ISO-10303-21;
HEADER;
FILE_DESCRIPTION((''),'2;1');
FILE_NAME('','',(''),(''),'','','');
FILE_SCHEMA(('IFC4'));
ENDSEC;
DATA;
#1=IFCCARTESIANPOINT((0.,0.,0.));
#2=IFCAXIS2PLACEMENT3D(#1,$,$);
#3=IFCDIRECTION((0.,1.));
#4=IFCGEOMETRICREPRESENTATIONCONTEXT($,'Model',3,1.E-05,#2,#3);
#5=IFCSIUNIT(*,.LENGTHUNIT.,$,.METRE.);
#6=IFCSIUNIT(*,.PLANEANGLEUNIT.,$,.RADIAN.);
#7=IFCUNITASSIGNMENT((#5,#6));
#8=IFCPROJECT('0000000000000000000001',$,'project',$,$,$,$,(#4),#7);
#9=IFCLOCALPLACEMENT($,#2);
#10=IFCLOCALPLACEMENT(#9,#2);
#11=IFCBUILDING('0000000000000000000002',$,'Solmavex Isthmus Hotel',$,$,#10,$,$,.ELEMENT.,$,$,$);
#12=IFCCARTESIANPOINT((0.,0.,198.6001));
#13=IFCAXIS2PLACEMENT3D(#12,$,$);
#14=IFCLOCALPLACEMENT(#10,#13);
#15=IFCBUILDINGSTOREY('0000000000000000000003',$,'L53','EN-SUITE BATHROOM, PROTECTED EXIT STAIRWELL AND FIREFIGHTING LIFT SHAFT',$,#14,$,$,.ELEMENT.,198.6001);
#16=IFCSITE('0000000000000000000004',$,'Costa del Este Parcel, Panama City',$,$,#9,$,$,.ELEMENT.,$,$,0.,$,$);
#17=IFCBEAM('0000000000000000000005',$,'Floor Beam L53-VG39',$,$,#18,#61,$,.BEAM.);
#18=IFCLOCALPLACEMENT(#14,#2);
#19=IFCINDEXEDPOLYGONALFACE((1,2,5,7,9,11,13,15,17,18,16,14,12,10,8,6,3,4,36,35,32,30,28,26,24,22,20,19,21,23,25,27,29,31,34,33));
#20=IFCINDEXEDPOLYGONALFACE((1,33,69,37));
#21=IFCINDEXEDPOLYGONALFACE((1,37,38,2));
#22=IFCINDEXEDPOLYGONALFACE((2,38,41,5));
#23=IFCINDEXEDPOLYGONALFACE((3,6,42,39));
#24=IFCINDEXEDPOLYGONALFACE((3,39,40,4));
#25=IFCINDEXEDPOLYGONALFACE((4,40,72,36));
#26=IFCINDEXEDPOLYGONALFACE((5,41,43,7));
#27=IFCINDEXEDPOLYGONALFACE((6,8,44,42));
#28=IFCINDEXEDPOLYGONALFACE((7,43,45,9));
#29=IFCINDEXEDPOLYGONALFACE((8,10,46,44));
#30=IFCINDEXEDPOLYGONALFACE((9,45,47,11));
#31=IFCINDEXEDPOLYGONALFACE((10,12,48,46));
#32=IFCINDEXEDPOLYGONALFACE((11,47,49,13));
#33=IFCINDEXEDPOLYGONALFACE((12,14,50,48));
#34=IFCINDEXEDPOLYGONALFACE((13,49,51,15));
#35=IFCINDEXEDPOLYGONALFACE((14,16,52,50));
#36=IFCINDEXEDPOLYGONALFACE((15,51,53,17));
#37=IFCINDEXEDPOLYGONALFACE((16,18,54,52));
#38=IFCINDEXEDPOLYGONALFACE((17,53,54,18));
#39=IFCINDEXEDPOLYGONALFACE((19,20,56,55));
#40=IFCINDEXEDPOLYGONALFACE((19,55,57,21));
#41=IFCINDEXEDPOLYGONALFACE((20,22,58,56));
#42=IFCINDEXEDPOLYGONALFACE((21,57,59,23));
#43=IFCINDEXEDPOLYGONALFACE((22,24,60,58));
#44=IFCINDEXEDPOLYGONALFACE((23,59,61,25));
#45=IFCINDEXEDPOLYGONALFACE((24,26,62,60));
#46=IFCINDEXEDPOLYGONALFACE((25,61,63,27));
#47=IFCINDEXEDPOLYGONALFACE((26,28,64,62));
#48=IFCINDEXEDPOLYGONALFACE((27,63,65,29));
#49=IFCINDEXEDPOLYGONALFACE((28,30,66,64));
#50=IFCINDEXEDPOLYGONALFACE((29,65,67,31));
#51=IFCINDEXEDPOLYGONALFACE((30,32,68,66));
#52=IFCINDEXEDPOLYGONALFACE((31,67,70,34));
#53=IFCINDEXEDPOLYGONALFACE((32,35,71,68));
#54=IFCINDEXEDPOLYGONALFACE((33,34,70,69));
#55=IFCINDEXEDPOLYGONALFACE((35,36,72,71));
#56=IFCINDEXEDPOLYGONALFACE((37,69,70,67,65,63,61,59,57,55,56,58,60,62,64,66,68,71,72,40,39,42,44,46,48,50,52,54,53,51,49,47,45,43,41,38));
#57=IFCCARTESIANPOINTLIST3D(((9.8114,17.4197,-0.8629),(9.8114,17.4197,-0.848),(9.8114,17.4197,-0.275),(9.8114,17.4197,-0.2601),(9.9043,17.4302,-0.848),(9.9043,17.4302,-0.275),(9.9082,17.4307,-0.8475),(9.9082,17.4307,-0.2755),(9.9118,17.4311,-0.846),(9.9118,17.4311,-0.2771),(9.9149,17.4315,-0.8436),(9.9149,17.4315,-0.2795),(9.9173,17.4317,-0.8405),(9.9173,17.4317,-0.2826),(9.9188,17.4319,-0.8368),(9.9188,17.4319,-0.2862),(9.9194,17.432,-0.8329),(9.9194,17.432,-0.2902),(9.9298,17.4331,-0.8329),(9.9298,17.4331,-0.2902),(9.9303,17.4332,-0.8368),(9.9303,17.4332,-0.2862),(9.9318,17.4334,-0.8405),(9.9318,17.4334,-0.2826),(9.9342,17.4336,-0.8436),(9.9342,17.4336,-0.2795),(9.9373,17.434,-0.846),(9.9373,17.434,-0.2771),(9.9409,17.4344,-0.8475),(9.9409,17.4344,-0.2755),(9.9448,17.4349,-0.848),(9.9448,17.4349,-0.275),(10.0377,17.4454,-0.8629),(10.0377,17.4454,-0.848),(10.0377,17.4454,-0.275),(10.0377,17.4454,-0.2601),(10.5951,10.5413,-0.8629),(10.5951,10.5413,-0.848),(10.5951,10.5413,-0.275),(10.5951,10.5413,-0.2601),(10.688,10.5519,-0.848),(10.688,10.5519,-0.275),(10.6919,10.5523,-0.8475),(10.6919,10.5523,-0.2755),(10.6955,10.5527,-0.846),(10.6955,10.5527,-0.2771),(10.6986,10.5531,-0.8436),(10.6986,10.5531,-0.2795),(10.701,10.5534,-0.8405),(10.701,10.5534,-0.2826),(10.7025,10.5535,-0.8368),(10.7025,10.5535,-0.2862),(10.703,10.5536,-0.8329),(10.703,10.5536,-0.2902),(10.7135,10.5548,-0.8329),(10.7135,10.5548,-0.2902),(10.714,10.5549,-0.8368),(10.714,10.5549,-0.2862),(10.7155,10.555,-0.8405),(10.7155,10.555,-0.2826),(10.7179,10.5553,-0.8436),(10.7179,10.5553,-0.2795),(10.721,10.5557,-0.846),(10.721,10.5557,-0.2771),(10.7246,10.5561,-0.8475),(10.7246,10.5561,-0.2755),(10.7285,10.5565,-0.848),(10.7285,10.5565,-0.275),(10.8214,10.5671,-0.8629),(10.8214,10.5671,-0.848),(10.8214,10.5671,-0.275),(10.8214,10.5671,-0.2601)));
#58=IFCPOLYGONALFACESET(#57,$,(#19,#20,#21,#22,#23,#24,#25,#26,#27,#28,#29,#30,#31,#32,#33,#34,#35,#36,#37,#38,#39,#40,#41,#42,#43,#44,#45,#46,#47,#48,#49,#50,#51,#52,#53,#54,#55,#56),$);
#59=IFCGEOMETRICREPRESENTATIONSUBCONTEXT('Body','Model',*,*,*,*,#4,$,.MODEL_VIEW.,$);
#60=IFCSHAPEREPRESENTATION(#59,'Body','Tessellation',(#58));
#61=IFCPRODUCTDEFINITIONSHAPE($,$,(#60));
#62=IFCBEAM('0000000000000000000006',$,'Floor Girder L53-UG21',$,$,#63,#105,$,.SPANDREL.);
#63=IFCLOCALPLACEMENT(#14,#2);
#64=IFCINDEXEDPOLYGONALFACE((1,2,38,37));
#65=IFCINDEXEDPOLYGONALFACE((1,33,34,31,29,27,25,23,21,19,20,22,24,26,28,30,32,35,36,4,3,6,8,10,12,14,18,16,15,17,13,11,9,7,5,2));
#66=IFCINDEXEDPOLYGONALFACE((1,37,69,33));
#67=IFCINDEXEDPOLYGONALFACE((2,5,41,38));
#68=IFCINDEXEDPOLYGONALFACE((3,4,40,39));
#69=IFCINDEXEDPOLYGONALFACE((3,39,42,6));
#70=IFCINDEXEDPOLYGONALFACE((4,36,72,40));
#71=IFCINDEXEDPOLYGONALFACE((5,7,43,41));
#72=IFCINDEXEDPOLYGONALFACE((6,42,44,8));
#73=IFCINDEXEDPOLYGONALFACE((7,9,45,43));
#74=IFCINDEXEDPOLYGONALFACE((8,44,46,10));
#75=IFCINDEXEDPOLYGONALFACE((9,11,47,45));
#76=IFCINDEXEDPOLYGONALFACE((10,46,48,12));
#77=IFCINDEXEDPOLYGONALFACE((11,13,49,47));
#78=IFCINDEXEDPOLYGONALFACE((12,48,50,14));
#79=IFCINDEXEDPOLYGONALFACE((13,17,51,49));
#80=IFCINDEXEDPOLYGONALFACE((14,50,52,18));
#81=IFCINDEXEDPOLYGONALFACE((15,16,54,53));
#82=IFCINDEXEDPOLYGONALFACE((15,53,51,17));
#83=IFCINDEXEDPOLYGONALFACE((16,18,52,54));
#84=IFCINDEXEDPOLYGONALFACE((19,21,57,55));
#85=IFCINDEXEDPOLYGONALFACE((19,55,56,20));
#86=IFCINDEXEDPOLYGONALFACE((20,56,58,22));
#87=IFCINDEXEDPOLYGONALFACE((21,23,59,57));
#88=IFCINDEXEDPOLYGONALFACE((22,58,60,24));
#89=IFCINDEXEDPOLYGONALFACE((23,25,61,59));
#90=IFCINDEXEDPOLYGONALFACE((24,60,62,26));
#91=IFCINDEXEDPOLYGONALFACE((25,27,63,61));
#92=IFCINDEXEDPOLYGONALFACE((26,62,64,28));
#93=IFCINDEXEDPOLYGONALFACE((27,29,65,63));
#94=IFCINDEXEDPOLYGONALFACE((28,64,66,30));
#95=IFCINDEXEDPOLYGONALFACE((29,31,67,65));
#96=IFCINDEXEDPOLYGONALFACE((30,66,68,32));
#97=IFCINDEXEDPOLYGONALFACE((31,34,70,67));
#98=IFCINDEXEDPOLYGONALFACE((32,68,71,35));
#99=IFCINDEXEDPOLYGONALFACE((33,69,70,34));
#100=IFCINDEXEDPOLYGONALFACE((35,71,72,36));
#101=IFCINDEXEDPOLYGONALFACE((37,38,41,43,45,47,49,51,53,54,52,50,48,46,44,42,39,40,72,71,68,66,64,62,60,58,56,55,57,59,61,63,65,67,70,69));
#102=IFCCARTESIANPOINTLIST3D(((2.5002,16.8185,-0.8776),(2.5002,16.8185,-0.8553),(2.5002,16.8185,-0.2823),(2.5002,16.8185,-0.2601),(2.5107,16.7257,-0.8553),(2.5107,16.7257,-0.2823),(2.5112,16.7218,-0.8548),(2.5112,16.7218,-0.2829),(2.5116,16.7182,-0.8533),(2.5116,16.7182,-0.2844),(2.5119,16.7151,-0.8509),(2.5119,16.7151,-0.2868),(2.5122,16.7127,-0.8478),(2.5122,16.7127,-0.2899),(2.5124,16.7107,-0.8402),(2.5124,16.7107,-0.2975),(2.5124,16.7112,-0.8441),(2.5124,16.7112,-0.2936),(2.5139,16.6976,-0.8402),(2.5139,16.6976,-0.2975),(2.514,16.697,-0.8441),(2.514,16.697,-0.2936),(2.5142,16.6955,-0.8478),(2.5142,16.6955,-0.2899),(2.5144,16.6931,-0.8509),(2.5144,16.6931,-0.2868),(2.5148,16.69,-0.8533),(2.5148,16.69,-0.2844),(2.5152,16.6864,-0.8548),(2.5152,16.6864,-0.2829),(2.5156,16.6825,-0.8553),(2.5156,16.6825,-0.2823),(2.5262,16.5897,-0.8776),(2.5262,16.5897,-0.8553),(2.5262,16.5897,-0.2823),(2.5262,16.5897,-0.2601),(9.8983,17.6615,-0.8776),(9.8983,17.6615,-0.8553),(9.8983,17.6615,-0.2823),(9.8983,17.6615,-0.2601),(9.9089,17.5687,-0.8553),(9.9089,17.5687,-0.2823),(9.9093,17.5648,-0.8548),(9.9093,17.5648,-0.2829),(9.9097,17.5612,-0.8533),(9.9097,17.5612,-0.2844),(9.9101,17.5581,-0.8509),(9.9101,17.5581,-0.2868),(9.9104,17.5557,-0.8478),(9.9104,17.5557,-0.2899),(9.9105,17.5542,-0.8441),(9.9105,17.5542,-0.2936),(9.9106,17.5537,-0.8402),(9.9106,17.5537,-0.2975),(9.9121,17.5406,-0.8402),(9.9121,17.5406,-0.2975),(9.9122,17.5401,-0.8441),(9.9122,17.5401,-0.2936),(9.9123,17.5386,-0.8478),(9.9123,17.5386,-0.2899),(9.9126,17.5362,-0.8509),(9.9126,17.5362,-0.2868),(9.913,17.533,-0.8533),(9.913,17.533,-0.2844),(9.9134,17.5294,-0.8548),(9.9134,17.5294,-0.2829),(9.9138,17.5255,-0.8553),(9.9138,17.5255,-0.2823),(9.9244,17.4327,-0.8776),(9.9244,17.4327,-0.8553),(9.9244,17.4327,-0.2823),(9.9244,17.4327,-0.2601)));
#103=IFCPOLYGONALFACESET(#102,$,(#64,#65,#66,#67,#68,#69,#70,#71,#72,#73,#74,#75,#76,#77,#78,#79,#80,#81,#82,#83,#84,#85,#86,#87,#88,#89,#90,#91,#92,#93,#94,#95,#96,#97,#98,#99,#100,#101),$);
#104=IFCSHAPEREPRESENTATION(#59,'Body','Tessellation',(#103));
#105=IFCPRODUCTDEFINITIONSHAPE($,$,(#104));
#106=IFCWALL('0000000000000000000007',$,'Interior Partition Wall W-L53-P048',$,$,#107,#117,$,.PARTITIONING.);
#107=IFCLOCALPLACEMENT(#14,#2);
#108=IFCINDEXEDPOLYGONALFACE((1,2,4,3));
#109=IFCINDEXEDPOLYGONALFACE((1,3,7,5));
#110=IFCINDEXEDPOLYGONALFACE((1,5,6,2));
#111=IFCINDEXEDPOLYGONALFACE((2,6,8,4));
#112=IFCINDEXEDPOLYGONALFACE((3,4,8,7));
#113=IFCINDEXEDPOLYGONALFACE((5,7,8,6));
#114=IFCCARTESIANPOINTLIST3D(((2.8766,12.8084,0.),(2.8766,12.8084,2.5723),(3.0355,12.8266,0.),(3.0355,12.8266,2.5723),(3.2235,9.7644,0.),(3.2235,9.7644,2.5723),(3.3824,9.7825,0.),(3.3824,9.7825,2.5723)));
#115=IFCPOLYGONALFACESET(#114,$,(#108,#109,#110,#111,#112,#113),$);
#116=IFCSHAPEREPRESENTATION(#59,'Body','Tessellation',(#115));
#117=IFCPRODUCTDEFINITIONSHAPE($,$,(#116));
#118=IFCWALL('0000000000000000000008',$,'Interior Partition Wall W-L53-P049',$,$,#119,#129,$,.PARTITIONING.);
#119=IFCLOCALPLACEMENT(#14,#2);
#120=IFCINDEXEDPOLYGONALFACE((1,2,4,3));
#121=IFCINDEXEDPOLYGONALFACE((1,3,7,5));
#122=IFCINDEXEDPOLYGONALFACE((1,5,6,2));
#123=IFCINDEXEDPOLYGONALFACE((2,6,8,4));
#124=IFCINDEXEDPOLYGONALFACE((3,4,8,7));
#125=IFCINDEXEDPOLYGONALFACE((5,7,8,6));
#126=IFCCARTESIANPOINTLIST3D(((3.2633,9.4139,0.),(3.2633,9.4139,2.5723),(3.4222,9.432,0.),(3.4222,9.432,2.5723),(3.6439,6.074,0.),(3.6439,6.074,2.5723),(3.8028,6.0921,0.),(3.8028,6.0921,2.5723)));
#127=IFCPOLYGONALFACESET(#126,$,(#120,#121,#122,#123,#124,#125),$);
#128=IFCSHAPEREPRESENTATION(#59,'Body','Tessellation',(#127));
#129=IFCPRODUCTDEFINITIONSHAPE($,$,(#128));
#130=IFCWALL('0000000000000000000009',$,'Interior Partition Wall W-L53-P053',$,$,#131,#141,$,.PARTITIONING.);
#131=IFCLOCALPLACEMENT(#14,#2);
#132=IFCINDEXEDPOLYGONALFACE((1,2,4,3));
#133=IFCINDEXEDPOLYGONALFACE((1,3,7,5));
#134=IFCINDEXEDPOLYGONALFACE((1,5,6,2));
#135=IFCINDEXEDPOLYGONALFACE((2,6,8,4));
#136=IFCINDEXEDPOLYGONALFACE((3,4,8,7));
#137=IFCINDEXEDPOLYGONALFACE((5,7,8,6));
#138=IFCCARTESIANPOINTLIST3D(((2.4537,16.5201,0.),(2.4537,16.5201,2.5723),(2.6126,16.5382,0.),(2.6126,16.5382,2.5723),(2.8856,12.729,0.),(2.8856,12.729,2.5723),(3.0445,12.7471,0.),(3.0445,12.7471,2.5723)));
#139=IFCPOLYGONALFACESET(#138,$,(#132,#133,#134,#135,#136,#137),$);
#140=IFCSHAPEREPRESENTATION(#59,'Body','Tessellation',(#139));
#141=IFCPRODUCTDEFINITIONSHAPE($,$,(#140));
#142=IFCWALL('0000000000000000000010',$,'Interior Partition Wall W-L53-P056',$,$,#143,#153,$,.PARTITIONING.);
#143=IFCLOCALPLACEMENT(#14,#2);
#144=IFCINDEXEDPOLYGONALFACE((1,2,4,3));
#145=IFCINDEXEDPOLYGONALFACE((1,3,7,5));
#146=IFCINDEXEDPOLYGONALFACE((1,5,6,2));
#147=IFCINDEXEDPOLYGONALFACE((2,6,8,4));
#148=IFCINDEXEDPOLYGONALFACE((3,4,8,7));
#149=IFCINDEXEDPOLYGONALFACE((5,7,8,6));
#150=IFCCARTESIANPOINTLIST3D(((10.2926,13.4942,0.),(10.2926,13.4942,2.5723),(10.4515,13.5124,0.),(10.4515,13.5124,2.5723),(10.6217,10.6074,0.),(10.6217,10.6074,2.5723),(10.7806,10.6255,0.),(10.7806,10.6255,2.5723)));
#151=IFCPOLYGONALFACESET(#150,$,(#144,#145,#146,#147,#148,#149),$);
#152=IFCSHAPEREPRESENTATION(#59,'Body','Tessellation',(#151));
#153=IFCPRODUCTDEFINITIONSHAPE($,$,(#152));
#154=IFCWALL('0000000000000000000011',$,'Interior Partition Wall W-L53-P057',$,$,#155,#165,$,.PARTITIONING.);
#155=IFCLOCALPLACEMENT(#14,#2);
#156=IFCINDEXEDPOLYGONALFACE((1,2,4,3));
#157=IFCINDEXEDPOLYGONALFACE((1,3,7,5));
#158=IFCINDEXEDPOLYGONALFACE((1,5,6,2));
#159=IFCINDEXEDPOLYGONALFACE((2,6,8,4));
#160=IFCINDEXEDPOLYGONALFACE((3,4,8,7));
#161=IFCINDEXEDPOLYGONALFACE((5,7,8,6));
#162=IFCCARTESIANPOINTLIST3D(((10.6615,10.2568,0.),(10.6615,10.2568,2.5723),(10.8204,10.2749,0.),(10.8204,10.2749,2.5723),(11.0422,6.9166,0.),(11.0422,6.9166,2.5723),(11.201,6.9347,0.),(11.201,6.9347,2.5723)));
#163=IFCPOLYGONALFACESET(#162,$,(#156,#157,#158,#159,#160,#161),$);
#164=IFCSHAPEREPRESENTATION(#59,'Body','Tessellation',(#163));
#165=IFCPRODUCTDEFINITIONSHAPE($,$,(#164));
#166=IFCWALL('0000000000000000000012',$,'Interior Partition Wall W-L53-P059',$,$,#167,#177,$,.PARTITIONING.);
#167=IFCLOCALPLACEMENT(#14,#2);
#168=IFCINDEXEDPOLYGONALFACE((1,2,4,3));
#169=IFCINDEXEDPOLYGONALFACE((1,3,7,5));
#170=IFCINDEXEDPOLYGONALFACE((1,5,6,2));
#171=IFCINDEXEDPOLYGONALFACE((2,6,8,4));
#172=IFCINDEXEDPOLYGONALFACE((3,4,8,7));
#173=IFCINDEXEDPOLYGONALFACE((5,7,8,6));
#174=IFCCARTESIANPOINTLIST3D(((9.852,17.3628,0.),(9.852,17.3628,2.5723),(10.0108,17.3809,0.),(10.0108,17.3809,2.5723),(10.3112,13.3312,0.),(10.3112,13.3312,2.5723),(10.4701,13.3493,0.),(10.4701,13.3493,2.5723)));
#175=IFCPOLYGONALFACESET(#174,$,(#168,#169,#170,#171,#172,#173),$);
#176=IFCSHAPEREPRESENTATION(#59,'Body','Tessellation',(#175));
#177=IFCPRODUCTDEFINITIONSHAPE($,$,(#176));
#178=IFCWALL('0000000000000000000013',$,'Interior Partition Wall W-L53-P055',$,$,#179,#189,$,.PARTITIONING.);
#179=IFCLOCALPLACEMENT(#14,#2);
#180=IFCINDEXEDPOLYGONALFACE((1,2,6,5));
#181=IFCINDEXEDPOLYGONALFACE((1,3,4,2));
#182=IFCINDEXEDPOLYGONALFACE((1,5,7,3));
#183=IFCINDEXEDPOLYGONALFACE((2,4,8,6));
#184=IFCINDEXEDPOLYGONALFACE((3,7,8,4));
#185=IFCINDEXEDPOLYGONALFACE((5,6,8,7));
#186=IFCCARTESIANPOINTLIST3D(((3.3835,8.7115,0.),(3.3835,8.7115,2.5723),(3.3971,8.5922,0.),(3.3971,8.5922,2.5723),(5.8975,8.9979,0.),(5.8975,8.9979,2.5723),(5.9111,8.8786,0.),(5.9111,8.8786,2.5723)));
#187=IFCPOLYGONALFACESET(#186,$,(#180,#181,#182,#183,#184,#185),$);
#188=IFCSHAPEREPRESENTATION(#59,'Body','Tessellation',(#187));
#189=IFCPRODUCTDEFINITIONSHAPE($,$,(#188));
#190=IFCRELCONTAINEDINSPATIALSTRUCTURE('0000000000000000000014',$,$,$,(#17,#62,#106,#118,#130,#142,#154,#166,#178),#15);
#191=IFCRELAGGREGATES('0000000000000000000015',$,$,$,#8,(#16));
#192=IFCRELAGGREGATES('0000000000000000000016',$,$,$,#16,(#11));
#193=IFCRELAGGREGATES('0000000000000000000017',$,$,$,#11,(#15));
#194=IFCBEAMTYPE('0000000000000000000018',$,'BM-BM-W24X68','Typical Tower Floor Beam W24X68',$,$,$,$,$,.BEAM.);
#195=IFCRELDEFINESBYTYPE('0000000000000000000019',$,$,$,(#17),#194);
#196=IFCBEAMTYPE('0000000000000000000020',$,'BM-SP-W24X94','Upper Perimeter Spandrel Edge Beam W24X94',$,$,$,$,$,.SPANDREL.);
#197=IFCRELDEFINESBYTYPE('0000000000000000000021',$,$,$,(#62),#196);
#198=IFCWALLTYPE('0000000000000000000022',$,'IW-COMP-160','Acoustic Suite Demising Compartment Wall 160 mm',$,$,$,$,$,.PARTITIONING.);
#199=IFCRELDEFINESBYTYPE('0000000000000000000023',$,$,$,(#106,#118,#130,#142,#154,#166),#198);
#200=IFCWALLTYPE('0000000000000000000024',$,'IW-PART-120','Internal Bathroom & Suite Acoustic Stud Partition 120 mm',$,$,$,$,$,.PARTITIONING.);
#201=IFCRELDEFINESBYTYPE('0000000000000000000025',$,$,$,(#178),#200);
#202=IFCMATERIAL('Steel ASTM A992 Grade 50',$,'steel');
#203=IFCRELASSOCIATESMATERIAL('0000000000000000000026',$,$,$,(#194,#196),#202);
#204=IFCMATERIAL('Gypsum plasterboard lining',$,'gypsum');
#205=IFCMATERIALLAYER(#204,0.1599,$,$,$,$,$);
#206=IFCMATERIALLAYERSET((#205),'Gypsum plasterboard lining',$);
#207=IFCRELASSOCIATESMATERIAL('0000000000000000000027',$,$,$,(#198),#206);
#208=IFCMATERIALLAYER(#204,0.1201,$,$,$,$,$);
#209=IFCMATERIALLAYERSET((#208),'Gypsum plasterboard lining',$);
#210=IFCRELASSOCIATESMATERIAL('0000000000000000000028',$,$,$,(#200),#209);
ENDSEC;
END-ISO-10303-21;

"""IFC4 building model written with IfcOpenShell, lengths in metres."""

from ifc_helpers import new_model, si_unit, direction, frame, frame_2d, origin, origin_2d, place, context, subcontext, project, spatial, rectangle, i_section, extrude, material, layer, layer_set, material_profile, profile_set, type_object, element, save


model = new_model("IFC4")

# Units and contexts
model_context = context("Model", 3, precision=1e-05, world=origin(), true_north=direction((0.0, 1.0)))
body_context = subcontext(model_context, "Body", "Model", "MODEL_VIEW")
ifc_project = project(units=[si_unit("LENGTHUNIT", "METRE"), si_unit("PLANEANGLEUNIT", "RADIAN")], contexts=[model_context])

# Site, building, storey
site_placement = place(None, origin())
site = spatial("IfcSite", under=ifc_project, at=site_placement, Name="Costa del Este Parcel, Panama City", CompositionType="ELEMENT", RefElevation=0.0)
building_placement = place(site_placement, origin())
building = spatial("IfcBuilding", under=site, at=building_placement, Name="Solmavex Isthmus Hotel", CompositionType="ELEMENT")
storey_placement = place(building_placement, frame((0.0, 0.0, 198.6001)))
storey = spatial("IfcBuildingStorey", under=building, at=storey_placement, Name="L53", Description="EN-SUITE BATHROOM, PROTECTED EXIT STAIRWELL AND FIREFIGHTING LIFT SHAFT", CompositionType="ELEMENT", Elevation=198.6001)

# Beams
ifc_material_1 = material(Name="Steel ASTM A992 Grade 50", Category="steel")
ifc_material_profile_1 = material_profile(ifc_material_1, i_section(OverallWidth=0.2278, OverallDepth=0.6028, WebThickness=0.0105, FlangeThickness=0.0149, FilletRadius=0.0151, at=origin_2d()), Name="W24X68")
ifc_profile_set_1 = profile_set([ifc_material_profile_1], Name="Steel ASTM A992 Grade 50")
beam_type_1 = type_object("IfcBeamType", Name="BM-BM-W24X68", Description="Typical Tower Floor Beam W24X68", PredefinedType="BEAM", material=ifc_profile_set_1)
for number, where, z_axis, x_axis, name in (
    (1, (10.7083, 10.5542, -0.5615), (-0.113202, 0.993572, 0.0), (-0.993572, -0.113202, 0.0), "Floor Beam L53-VG39"),
):
    element("IfcBeam", number, at=place(storey_placement, frame(where, z_axis=z_axis, x_axis=x_axis)), inside=storey, type_object=beam_type_1, Name=name, PredefinedType="BEAM", context=body_context, shape_type="SweptSolid", body=[
        extrude(i_section(OverallWidth=0.2278, OverallDepth=0.6028, WebThickness=0.0105, FlangeThickness=0.0149, FilletRadius=0.0151, at=origin_2d()), origin(), (0.0, 0.0, 1.0), 6.9229),
    ])
ifc_material_profile_2 = material_profile(ifc_material_1, i_section(OverallWidth=0.2302, OverallDepth=0.6174, WebThickness=0.0132, FlangeThickness=0.0222, FilletRadius=0.0151, at=origin_2d()), Name="W24X94")
ifc_profile_set_2 = profile_set([ifc_material_profile_2], Name="Steel ASTM A992 Grade 50")
beam_type_2 = type_object("IfcBeamType", Name="BM-SP-W24X94", Description="Upper Perimeter Spandrel Edge Beam W24X94", PredefinedType="SPANDREL", material=ifc_profile_set_2)
beam_1_placement = place(storey_placement, frame((2.5132, 16.7041, -0.5688), z_axis=(0.99357, 0.113216, 0.0), x_axis=(-0.113216, 0.99357, 0.0)))
element("IfcBeam", 2, at=beam_1_placement, inside=storey, type_object=beam_type_2, Name="Floor Girder L53-UG21", PredefinedType="SPANDREL", context=body_context, shape_type="SweptSolid", body=[
    extrude(i_section(OverallWidth=0.2302, OverallDepth=0.6174, WebThickness=0.0132, FlangeThickness=0.0222, FilletRadius=0.0151, at=origin_2d()), origin(), (0.0, 0.0, 1.0), 7.446),
])

# Walls
ifc_material_2 = material(Name="Gypsum plasterboard lining", Category="gypsum")
ifc_layer_1 = layer(ifc_material_2, 0.1599)
ifc_layer_set_1 = layer_set([ifc_layer_1], Name="Gypsum plasterboard lining")
wall_type_1 = type_object("IfcWallType", Name="IW-COMP-160", Description="Acoustic Suite Demising Compartment Wall 160 mm", PredefinedType="PARTITIONING", material=ifc_layer_set_1)
wall_1_placement = place(storey_placement, frame((2.9561, 12.8174, 0.0), z_axis=(0.0, 0.0, 1.0), x_axis=(0.113239, -0.993568, 0.0)))
element("IfcWall", 3, at=wall_1_placement, inside=storey, type_object=wall_type_1, Name="Interior Partition Wall W-L53-P048", PredefinedType="PARTITIONING", context=body_context, shape_type="SweptSolid", body=[
    extrude(rectangle(XDim=3.0637, YDim=0.1599, at=frame_2d((1.5317, 0.0))), origin(), (0.0, 0.0, 1.0), 2.5723),
])
wall_2_placement = place(storey_placement, frame((3.3428, 9.4229, 0.0), z_axis=(0.0, 0.0, 1.0), x_axis=(0.113229, -0.993569, 0.0)))
element("IfcWall", 4, at=wall_2_placement, inside=storey, type_object=wall_type_1, Name="Interior Partition Wall W-L53-P049", PredefinedType="PARTITIONING", context=body_context, shape_type="SweptSolid", body=[
    extrude(rectangle(XDim=3.3616, YDim=0.1599, at=frame_2d((1.6807, 0.0))), origin(), (0.0, 0.0, 1.0), 2.5723),
])
wall_3_placement = place(storey_placement, frame((2.5332, 16.5291, 0.0), z_axis=(0.0, 0.0, 1.0), x_axis=(0.113184, -0.993574, 0.0)))
element("IfcWall", 5, at=wall_3_placement, inside=storey, type_object=wall_type_1, Name="Interior Partition Wall W-L53-P053", PredefinedType="PARTITIONING", context=body_context, shape_type="SweptSolid", body=[
    extrude(rectangle(XDim=3.8157, YDim=0.1599, at=frame_2d((1.9077, 0.0))), origin(), (0.0, 0.0, 1.0), 2.5723),
])
wall_4_placement = place(storey_placement, frame((10.3721, 13.5032, 0.0), z_axis=(0.0, 0.0, 1.0), x_axis=(0.113272, -0.993564, 0.0)))
element("IfcWall", 6, at=wall_4_placement, inside=storey, type_object=wall_type_1, Name="Interior Partition Wall W-L53-P056", PredefinedType="PARTITIONING", context=body_context, shape_type="SweptSolid", body=[
    extrude(rectangle(XDim=2.9055, YDim=0.1599, at=frame_2d((1.4526, 0.0))), origin(), (0.0, 0.0, 1.0), 2.5723),
])
wall_5_placement = place(storey_placement, frame((10.741, 10.2659, 0.0), z_axis=(0.0, 0.0, 1.0), x_axis=(0.113221, -0.99357, 0.0)))
element("IfcWall", 7, at=wall_5_placement, inside=storey, type_object=wall_type_1, Name="Interior Partition Wall W-L53-P057", PredefinedType="PARTITIONING", context=body_context, shape_type="SweptSolid", body=[
    extrude(rectangle(XDim=3.3618, YDim=0.1599, at=frame_2d((1.6809, 0.0))), origin(), (0.0, 0.0, 1.0), 2.5723),
])
wall_6_placement = place(storey_placement, frame((9.9314, 17.3718, 0.0), z_axis=(0.0, 0.0, 1.0), x_axis=(0.113178, -0.993575, 0.0)))
element("IfcWall", 8, at=wall_6_placement, inside=storey, type_object=wall_type_1, Name="Interior Partition Wall W-L53-P059", PredefinedType="PARTITIONING", context=body_context, shape_type="SweptSolid", body=[
    extrude(rectangle(XDim=4.0576, YDim=0.1599, at=frame_2d((2.0288, 0.0))), origin(), (0.0, 0.0, 1.0), 2.5723),
])

# Wall
ifc_layer_2 = layer(ifc_material_2, 0.1201)
ifc_layer_set_2 = layer_set([ifc_layer_2], Name="Gypsum plasterboard lining")
wall_type_2 = type_object("IfcWallType", Name="IW-PART-120", Description="Internal Bathroom & Suite Acoustic Stud Partition 120 mm", PredefinedType="PARTITIONING", material=ifc_layer_set_2)
wall_7_placement = place(storey_placement, frame((5.9043, 8.9382, 0.0), z_axis=(0.0, 0.0, 1.0), x_axis=(-0.993574, -0.113185, 0.0)))
element("IfcWall", 9, at=wall_7_placement, inside=storey, type_object=wall_type_2, Name="Interior Partition Wall W-L53-P055", PredefinedType="PARTITIONING", context=body_context, shape_type="SweptSolid", body=[
    extrude(rectangle(XDim=2.5303, YDim=0.1201, at=frame_2d((1.2651, 0.0))), origin(), (0.0, 0.0, 1.0), 2.5723),
])

save(model, "model.ifc")
